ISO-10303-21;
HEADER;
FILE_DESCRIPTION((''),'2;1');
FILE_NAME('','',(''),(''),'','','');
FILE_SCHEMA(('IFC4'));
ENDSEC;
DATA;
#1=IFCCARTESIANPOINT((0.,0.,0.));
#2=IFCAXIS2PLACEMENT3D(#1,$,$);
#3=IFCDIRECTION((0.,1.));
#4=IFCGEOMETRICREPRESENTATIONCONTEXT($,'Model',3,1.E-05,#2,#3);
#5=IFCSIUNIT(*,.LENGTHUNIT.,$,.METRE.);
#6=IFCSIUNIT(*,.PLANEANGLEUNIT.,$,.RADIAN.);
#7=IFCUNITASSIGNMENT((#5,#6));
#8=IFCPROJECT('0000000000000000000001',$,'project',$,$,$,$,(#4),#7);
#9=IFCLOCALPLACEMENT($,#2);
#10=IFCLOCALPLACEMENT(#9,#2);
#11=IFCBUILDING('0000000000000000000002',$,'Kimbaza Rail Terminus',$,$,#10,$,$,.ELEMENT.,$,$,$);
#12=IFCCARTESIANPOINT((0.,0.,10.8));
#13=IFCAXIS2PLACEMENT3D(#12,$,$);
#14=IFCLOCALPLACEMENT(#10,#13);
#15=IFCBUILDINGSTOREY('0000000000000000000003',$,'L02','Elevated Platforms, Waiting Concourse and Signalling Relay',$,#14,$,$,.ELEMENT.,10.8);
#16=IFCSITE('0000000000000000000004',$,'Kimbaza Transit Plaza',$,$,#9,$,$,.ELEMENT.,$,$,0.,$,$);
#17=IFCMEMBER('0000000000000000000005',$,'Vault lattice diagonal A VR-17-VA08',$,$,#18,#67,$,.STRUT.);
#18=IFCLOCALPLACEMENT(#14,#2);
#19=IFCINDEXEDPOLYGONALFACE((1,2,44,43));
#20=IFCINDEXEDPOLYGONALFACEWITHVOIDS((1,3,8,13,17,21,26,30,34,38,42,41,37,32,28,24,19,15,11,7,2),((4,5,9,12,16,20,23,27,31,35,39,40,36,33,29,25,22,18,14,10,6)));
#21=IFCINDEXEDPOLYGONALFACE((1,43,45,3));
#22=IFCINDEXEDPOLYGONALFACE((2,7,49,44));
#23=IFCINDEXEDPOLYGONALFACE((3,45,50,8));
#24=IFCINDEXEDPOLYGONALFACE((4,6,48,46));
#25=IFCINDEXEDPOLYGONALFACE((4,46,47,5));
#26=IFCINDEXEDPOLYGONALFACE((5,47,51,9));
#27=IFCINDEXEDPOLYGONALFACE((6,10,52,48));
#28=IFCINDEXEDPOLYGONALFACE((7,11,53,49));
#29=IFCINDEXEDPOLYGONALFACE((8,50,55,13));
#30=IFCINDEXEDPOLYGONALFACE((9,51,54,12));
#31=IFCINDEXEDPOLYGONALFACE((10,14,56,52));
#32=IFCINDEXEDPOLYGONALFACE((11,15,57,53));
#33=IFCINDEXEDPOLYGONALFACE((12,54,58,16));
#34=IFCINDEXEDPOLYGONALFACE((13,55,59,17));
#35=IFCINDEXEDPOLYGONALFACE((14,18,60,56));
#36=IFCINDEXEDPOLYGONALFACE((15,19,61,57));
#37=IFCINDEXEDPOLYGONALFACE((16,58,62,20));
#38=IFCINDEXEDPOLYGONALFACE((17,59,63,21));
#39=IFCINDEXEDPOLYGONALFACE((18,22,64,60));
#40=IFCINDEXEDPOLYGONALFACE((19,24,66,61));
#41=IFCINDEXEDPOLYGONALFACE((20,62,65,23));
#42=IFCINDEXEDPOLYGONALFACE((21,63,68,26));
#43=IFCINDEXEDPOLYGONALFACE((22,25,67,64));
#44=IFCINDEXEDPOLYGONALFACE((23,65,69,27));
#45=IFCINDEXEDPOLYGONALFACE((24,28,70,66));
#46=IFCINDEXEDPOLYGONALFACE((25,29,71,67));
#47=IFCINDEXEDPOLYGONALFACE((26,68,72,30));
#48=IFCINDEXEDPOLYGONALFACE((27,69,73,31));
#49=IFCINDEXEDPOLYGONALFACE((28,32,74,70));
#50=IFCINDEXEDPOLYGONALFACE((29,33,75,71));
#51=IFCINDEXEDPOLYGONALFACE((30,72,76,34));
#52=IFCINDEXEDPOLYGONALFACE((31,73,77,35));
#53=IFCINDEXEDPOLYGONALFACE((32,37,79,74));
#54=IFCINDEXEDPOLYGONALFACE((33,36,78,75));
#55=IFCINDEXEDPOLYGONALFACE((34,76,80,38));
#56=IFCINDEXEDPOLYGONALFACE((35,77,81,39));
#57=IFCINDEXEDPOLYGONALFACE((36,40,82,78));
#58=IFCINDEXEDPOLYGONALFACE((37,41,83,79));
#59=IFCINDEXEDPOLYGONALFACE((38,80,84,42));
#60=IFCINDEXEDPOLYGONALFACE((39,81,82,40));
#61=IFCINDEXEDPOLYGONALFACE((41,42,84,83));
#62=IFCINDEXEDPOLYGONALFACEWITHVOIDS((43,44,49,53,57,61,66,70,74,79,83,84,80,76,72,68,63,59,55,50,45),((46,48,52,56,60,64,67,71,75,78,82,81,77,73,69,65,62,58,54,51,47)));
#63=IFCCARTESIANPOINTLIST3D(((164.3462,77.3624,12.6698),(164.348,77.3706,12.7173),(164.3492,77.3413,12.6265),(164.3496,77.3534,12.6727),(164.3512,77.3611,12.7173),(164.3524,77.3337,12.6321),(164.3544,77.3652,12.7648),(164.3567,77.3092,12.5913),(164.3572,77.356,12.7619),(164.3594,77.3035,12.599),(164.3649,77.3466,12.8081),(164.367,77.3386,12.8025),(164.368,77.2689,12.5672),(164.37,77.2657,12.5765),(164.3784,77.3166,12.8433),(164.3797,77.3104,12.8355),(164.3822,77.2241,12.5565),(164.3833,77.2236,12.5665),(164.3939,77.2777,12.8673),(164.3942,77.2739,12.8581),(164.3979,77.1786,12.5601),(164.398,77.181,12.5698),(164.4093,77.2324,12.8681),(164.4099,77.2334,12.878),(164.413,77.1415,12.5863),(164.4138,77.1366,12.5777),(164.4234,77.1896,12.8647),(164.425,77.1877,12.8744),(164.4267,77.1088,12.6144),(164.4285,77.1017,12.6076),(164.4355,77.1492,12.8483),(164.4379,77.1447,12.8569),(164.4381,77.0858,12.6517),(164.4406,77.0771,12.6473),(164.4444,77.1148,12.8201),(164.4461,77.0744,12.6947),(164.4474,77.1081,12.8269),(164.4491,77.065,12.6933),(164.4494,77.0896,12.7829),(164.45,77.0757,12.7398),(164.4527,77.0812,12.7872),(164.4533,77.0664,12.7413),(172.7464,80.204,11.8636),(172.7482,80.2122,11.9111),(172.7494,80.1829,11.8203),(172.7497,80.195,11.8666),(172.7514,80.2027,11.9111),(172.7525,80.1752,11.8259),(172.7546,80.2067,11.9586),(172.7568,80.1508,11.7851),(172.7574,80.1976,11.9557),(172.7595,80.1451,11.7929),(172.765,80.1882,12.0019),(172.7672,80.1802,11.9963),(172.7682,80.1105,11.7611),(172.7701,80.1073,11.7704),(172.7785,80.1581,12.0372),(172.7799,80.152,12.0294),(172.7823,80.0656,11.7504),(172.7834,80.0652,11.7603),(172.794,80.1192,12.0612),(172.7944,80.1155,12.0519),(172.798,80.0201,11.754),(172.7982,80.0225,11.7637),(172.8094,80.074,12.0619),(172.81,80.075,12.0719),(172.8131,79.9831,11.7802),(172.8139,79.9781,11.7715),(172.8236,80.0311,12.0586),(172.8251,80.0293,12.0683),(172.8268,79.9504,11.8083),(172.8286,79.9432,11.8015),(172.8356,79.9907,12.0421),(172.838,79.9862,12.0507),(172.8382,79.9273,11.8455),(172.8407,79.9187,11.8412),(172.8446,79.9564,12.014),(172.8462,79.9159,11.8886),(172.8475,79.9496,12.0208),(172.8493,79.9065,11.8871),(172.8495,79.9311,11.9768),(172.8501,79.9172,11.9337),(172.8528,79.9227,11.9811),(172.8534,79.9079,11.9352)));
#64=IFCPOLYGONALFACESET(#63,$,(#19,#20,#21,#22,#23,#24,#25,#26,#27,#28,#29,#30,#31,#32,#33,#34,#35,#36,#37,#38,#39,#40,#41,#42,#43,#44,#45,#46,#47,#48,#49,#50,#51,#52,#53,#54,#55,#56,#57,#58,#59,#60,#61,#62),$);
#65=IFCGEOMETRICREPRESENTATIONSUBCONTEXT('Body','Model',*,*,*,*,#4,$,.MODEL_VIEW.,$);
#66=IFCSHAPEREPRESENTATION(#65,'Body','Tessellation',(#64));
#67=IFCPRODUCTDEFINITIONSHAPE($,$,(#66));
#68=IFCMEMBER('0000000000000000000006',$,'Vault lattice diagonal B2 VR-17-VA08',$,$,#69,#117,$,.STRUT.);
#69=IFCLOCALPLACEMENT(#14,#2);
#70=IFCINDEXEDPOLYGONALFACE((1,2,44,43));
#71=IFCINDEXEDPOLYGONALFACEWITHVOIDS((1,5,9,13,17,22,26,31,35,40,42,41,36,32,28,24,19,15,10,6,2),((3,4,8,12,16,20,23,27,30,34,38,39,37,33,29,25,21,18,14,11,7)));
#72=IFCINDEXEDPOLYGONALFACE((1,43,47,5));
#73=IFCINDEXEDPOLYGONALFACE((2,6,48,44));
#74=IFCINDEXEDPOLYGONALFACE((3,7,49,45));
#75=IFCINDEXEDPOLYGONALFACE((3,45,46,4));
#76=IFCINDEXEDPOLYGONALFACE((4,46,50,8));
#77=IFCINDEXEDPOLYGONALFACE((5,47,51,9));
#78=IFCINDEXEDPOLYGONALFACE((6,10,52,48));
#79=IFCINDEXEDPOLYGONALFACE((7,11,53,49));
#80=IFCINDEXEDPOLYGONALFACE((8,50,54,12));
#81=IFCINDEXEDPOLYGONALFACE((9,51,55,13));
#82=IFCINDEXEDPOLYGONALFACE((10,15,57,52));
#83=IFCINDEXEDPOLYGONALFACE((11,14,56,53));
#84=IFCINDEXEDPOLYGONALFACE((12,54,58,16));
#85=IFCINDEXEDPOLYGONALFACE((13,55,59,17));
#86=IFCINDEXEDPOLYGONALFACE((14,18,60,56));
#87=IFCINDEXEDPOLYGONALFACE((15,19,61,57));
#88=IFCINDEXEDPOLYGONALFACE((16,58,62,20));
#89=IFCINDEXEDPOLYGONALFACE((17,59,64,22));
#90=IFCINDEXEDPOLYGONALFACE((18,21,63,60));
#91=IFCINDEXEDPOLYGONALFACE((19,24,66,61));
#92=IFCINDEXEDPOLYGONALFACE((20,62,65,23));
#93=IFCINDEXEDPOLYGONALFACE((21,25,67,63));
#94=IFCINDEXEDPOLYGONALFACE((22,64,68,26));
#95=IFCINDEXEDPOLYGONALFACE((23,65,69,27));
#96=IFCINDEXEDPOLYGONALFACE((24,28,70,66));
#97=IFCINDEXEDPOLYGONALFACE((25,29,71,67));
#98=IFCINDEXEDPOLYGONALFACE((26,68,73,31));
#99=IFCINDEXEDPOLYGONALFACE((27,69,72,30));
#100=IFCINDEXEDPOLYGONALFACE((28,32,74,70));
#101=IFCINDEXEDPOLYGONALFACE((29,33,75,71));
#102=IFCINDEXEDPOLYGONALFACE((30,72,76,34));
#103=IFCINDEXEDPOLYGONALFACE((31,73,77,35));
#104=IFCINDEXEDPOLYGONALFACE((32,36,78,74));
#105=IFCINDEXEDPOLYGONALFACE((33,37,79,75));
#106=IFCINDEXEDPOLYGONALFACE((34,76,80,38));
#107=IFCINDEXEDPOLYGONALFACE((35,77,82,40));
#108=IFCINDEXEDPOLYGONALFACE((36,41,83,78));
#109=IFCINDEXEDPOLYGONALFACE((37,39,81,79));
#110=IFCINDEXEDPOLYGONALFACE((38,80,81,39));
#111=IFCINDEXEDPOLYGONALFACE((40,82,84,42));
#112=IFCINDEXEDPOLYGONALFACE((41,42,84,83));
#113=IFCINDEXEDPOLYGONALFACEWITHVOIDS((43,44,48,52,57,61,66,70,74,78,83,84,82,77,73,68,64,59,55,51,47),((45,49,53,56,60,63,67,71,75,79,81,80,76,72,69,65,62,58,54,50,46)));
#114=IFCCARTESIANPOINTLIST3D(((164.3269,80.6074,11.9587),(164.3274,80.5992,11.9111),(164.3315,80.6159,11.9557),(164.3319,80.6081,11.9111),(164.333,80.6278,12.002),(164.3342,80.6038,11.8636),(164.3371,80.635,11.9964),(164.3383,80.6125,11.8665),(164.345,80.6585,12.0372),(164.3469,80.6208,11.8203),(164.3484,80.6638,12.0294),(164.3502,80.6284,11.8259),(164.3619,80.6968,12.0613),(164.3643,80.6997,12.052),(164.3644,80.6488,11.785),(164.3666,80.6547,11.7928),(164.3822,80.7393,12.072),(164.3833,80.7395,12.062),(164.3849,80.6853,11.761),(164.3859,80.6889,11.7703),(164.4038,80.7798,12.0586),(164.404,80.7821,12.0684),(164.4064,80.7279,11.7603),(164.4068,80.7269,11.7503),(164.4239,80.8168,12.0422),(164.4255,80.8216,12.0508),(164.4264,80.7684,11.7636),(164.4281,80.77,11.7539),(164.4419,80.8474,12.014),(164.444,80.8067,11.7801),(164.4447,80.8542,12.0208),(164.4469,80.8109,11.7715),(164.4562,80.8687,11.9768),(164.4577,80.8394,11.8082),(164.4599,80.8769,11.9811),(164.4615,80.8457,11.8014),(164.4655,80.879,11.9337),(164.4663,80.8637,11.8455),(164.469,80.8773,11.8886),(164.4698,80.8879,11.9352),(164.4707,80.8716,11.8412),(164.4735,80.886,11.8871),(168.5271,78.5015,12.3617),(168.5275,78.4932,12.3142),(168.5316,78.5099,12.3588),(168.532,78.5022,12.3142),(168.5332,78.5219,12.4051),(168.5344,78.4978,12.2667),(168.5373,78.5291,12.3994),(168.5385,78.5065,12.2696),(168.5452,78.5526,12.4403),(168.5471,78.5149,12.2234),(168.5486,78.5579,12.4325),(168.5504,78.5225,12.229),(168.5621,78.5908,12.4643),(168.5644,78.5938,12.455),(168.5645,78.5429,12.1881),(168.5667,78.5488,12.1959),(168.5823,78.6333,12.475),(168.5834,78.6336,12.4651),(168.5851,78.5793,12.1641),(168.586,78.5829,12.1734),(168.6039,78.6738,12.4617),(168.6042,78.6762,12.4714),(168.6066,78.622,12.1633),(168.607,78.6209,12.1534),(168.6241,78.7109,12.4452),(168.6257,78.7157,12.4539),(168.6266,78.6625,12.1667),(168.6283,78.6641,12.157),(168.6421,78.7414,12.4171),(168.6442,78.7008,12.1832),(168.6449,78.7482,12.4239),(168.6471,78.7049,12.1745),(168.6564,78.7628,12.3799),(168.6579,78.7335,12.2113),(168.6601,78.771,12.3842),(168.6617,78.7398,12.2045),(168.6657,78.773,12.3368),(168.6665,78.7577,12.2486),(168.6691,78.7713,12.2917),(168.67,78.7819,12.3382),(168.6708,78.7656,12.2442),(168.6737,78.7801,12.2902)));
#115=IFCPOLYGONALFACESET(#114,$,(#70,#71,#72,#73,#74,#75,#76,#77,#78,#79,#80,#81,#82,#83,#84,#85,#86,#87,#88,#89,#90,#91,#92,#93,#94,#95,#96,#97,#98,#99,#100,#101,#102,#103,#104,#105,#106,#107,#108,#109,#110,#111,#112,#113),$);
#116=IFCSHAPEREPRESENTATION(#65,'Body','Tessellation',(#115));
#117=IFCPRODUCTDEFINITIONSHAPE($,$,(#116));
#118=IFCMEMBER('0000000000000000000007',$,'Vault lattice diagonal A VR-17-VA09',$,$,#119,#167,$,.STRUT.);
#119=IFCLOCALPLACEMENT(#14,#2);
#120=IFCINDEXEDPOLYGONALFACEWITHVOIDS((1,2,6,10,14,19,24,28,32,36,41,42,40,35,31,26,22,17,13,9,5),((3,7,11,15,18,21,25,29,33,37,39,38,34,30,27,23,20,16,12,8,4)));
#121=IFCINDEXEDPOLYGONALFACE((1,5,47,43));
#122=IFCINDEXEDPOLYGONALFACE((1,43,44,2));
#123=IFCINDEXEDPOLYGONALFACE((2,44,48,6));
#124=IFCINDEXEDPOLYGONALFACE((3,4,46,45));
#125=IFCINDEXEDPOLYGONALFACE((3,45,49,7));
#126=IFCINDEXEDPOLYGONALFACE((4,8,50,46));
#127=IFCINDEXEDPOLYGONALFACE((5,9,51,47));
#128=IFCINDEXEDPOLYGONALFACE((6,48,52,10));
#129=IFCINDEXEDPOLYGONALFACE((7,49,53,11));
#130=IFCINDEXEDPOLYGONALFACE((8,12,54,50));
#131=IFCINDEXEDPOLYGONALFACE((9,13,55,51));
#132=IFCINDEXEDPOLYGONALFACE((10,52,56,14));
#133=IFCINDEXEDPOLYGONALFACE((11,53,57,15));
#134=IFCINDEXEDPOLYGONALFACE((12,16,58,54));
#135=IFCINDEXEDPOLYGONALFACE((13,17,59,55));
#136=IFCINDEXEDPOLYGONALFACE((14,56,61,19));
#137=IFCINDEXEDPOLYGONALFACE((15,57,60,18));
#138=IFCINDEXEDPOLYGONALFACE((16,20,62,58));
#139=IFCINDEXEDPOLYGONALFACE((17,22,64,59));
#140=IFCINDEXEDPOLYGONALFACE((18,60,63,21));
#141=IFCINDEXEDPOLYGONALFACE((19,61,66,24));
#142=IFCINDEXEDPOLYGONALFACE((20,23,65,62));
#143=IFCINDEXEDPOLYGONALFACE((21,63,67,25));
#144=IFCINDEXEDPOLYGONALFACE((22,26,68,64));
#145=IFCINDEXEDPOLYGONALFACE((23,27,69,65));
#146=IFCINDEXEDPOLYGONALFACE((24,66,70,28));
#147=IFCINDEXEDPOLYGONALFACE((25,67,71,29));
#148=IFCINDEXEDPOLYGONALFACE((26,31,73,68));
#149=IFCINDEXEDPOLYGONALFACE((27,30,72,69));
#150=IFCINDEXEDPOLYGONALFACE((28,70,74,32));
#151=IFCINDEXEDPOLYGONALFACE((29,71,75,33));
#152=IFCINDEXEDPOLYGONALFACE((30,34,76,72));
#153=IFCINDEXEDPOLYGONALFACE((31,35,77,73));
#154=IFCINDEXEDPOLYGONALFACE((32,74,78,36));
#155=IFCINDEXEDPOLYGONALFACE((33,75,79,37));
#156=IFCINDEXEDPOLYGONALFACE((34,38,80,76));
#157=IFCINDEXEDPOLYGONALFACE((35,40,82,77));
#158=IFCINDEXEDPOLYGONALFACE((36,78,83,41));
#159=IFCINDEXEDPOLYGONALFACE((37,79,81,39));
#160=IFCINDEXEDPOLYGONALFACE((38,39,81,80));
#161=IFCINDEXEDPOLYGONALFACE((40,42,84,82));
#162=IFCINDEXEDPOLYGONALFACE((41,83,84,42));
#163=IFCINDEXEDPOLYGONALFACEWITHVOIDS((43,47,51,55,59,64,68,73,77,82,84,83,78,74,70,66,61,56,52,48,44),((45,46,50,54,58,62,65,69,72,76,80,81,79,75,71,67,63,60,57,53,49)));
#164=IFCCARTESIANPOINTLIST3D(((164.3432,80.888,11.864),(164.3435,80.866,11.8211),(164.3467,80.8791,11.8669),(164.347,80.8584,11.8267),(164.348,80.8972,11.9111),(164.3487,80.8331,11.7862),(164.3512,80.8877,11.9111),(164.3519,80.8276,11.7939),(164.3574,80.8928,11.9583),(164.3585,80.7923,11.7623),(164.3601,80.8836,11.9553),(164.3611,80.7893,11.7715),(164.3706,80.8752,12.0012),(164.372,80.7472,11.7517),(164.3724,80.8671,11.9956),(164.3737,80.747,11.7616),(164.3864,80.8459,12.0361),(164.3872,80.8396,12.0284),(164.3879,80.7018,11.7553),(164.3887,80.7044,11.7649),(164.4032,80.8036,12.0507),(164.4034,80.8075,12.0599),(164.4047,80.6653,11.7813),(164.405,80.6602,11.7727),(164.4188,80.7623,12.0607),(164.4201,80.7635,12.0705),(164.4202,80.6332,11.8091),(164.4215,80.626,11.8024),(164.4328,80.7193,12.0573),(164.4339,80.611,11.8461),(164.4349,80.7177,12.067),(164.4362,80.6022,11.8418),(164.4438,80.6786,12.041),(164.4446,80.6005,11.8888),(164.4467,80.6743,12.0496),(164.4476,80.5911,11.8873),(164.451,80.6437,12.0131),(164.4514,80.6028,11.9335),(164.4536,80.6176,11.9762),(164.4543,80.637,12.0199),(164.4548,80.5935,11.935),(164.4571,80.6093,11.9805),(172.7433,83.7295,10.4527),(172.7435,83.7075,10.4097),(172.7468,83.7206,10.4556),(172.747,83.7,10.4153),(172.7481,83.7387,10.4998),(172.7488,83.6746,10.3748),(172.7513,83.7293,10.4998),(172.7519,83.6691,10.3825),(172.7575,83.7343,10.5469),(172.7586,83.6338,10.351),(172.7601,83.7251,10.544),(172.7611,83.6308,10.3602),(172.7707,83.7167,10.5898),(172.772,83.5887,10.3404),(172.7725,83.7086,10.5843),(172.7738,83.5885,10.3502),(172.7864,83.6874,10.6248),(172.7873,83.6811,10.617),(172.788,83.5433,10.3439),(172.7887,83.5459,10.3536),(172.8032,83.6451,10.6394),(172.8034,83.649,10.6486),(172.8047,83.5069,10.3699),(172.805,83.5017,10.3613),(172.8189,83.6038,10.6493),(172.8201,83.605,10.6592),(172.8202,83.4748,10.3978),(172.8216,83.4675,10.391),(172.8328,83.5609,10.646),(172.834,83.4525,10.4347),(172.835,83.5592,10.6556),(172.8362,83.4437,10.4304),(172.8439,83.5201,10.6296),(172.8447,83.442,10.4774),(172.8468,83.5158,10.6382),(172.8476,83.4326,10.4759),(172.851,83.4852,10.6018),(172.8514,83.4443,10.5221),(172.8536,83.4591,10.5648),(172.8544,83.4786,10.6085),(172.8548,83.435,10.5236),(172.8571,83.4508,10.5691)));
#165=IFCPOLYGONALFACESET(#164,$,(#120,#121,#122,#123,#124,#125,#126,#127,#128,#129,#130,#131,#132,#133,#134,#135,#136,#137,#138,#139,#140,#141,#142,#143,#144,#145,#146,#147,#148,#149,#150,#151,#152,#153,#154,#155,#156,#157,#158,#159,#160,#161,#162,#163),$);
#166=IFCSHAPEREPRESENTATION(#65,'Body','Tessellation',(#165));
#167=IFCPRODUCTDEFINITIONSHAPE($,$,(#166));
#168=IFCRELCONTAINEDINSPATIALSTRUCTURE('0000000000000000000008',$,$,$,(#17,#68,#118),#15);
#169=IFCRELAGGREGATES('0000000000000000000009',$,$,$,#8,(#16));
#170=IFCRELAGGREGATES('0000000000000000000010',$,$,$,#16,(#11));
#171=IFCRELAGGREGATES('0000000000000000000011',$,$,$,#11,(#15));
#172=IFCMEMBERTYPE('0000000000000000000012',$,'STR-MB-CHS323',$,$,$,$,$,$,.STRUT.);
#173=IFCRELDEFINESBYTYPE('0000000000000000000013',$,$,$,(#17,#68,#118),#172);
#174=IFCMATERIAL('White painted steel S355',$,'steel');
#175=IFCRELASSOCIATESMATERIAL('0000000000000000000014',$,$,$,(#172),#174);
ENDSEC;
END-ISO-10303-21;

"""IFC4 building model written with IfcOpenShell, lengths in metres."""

from ifc_helpers import new_model, si_unit, direction, frame, origin, origin_2d, place, context, subcontext, project, spatial, hollow_circle, extrude, material, material_profile, profile_set, type_object, element, save


model = new_model("IFC4")

# Units and contexts
model_context = context("Model", 3, precision=1e-05, world=origin(), true_north=direction((0.0, 1.0)))
body_context = subcontext(model_context, "Body", "Model", "MODEL_VIEW")
ifc_project = project(units=[si_unit("LENGTHUNIT", "METRE"), si_unit("PLANEANGLEUNIT", "RADIAN")], contexts=[model_context])

# Site, building, storey
site_placement = place(None, origin())
site = spatial("IfcSite", under=ifc_project, at=site_placement, Name="Kimbaza Transit Plaza", CompositionType="ELEMENT", RefElevation=0.0)
building_placement = place(site_placement, origin())
building = spatial("IfcBuilding", under=site, at=building_placement, Name="Kimbaza Rail Terminus", CompositionType="ELEMENT")
storey_placement = place(building_placement, frame((0.0, 0.0, 10.8)))
storey = spatial("IfcBuildingStorey", under=building, at=storey_placement, Name="L02", Description="Elevated Platforms, Waiting Concourse and Signalling Relay", CompositionType="ELEMENT", Elevation=10.8)

# Members
ifc_material_1 = material(Name="White painted steel S355", Category="steel")
ifc_material_profile_1 = material_profile(ifc_material_1, hollow_circle(Radius=0.1619, WallThickness=0.01, at=origin_2d()), Name="CHS 323.9x10")
ifc_profile_set_1 = profile_set([ifc_material_profile_1], Name="White painted steel S355")
member_type_1 = type_object("IfcMemberType", Name="STR-MB-CHS323", PredefinedType="STRUT", material=ifc_profile_set_1)
member_1_placement = place(storey_placement, frame((164.3999, 77.2173, 12.7173), z_axis=(0.94338, 0.319121, -0.090535), x_axis=(-0.320437, 0.94727, 0.0)))
element("IfcMember", 1, at=member_1_placement, inside=storey, type_object=member_type_1, Name="Vault lattice diagonal A VR-17-VA08", PredefinedType="STRUT", context=body_context, shape_type="SweptSolid", body=[
    extrude(hollow_circle(Radius=0.1619, WallThickness=0.01, at=origin_2d()), origin(), (0.0, 0.0, 1.0), 8.9043),
])
member_2_placement = place(storey_placement, frame((168.6001, 78.6379, 12.3142), z_axis=(-0.890656, 0.446571, -0.085473), x_axis=(-0.448211, -0.893928, 0.0)))
element("IfcMember", 2, at=member_2_placement, inside=storey, type_object=member_type_1, Name="Vault lattice diagonal B2 VR-17-VA08", PredefinedType="STRUT", context=body_context, shape_type="SweptSolid", body=[
    extrude(hollow_circle(Radius=0.1619, WallThickness=0.01, at=origin_2d()), origin(), (0.0, 0.0, 1.0), 4.7158),
])
member_3_placement = place(storey_placement, frame((164.3999, 80.7439, 11.9111), z_axis=(0.935495, 0.316454, -0.15718), x_axis=(-0.320437, 0.94727, 0.0)))
element("IfcMember", 3, at=member_3_placement, inside=storey, type_object=member_type_1, Name="Vault lattice diagonal A VR-17-VA09", PredefinedType="STRUT", context=body_context, shape_type="SweptSolid", body=[
    extrude(hollow_circle(Radius=0.1619, WallThickness=0.01, at=origin_2d()), origin(), (0.0, 0.0, 1.0), 8.9792),
])

save(model, "model.ifc")
